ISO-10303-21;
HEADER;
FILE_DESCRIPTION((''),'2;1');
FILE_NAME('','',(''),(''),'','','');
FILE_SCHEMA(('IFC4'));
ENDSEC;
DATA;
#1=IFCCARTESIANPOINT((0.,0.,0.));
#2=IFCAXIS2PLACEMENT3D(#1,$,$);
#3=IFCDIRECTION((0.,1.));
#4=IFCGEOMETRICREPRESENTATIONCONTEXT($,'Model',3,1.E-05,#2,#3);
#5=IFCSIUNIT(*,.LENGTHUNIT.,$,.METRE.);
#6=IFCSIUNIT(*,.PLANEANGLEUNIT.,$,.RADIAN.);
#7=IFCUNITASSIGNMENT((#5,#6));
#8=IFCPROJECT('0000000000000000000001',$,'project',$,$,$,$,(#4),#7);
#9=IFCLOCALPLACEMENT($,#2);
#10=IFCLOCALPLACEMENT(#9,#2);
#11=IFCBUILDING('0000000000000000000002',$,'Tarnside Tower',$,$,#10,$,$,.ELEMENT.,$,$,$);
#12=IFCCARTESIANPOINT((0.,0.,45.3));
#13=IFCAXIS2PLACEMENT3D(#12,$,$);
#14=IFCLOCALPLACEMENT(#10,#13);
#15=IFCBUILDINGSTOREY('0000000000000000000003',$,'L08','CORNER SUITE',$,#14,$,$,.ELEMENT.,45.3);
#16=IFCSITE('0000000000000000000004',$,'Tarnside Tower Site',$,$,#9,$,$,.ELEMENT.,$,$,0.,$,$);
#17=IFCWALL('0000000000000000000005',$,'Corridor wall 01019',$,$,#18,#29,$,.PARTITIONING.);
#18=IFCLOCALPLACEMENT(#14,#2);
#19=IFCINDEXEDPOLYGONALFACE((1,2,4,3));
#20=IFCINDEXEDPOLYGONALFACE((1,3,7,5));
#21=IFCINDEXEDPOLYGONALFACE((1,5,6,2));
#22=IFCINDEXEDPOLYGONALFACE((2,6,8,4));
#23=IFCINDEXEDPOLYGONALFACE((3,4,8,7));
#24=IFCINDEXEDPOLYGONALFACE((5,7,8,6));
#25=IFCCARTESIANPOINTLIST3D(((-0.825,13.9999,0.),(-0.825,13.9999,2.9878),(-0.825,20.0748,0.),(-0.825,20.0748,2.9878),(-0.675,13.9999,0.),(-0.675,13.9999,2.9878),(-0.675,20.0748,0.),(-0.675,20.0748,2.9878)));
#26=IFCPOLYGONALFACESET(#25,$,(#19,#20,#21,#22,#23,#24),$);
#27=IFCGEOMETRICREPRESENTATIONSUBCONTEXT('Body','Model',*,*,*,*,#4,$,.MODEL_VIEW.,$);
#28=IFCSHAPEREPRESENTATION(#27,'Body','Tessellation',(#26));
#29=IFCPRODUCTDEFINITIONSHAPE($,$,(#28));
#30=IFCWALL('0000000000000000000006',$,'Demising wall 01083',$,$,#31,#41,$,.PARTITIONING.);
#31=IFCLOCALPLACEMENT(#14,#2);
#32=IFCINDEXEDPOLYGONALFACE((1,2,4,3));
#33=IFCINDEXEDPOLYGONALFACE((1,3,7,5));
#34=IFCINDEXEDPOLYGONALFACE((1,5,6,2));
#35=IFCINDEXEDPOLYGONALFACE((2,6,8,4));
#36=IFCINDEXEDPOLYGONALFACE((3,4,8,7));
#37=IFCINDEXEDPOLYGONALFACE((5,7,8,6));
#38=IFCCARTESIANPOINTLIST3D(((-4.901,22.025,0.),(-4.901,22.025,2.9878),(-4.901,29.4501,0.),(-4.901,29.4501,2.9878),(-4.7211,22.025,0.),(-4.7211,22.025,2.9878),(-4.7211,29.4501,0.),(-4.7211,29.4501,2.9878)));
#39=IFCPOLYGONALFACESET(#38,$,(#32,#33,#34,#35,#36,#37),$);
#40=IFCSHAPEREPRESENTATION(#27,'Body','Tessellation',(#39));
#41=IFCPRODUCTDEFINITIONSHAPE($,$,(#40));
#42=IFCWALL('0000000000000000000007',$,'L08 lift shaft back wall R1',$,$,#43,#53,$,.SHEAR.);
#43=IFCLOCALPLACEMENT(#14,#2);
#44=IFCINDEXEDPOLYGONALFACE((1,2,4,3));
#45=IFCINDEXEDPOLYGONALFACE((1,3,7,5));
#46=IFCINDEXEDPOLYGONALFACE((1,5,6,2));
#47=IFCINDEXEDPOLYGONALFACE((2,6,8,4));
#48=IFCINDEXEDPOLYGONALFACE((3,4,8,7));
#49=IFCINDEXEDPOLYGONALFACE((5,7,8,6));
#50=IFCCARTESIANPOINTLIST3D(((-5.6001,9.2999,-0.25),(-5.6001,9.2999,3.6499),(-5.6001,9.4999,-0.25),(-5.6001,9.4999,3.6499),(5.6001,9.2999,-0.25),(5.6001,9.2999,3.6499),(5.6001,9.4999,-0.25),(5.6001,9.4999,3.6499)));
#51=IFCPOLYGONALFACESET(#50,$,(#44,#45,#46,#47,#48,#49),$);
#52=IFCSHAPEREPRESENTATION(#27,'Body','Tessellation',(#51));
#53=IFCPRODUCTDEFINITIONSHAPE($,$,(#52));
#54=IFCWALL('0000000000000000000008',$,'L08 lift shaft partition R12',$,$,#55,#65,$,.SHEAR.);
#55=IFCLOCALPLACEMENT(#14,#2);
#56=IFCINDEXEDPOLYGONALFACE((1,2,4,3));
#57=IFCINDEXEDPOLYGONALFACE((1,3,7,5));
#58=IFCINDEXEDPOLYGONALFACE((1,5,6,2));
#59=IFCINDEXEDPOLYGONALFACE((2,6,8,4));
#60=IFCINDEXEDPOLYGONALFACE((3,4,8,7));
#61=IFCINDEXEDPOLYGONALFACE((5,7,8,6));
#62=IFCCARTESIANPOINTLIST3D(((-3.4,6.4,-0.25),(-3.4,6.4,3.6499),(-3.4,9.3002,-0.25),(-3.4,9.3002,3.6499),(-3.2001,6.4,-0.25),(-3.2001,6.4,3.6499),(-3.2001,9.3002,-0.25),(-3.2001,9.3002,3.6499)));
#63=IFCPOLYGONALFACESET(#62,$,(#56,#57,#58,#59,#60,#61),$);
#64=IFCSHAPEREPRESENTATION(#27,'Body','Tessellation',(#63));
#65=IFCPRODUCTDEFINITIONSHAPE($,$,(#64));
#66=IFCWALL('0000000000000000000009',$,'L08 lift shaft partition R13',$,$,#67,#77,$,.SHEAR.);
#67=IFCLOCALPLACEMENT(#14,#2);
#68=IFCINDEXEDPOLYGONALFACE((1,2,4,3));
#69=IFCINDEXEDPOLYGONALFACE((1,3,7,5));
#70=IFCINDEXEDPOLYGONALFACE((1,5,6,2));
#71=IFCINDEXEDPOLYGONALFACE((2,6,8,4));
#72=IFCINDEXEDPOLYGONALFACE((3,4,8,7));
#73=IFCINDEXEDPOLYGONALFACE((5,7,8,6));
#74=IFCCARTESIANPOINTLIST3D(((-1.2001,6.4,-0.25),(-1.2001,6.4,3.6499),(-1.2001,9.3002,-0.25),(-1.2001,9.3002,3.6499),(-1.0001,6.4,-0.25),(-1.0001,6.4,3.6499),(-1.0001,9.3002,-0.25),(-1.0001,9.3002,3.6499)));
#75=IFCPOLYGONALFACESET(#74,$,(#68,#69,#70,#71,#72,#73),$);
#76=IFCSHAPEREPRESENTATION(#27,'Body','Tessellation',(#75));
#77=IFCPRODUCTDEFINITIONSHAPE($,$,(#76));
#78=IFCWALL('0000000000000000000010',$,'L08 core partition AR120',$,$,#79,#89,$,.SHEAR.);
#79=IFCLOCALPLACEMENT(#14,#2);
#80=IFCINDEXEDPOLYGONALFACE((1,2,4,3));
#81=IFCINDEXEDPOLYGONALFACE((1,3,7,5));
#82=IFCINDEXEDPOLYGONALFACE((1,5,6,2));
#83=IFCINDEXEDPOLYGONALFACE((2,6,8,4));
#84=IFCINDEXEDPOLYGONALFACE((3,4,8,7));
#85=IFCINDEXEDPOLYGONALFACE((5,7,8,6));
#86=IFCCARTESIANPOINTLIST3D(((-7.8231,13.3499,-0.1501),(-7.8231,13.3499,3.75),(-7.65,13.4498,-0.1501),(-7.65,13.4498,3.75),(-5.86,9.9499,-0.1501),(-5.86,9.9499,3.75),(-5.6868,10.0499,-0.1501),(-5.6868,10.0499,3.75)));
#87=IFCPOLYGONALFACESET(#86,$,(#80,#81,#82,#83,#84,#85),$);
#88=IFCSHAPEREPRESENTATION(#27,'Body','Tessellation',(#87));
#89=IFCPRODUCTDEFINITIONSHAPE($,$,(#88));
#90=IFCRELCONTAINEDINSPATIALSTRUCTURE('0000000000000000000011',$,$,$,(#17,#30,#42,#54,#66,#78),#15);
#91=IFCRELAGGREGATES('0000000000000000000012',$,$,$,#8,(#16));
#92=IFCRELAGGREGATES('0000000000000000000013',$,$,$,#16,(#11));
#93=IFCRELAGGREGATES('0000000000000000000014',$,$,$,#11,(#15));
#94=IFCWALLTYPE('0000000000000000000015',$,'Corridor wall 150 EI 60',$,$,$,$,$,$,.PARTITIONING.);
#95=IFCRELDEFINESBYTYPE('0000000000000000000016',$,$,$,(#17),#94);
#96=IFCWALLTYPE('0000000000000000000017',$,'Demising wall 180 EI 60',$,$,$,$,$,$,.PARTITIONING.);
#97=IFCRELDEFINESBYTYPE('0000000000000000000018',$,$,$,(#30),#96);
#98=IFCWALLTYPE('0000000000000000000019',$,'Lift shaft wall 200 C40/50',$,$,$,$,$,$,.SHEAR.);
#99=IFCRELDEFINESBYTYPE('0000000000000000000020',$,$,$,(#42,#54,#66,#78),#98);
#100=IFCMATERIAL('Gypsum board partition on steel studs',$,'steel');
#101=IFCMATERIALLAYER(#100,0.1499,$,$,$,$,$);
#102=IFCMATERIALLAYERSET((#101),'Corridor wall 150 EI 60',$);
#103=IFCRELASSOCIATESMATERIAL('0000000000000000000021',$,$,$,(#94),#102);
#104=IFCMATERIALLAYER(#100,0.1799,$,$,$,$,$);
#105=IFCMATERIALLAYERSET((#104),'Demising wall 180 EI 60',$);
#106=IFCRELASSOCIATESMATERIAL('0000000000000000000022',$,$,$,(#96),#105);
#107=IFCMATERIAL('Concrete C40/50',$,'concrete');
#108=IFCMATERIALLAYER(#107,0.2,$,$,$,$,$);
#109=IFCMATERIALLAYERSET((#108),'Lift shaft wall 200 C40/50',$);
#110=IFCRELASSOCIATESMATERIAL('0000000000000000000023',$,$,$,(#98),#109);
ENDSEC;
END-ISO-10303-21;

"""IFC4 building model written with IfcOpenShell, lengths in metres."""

from ifc_helpers import new_model, si_unit, direction, frame, frame_2d, origin, place, context, subcontext, project, spatial, rectangle, extrude, material, layer, layer_set, type_object, element, save


model = new_model("IFC4")

# Units and contexts
model_context = context("Model", 3, precision=1e-05, world=origin(), true_north=direction((0.0, 1.0)))
body_context = subcontext(model_context, "Body", "Model", "MODEL_VIEW")
ifc_project = project(units=[si_unit("LENGTHUNIT", "METRE"), si_unit("PLANEANGLEUNIT", "RADIAN")], contexts=[model_context])

# Site, building, storey
site_placement = place(None, origin())
site = spatial("IfcSite", under=ifc_project, at=site_placement, Name="Tarnside Tower Site", CompositionType="ELEMENT", RefElevation=0.0)
building_placement = place(site_placement, origin())
building = spatial("IfcBuilding", under=site, at=building_placement, Name="Tarnside Tower", CompositionType="ELEMENT")
storey_placement = place(building_placement, frame((0.0, 0.0, 45.3)))
storey = spatial("IfcBuildingStorey", under=building, at=storey_placement, Name="L08", Description="CORNER SUITE", CompositionType="ELEMENT", Elevation=45.3)

# Shared definitions
ifc_material_1 = material(Name="Gypsum board partition on steel studs", Category="steel")

# Walls
ifc_layer_1 = layer(ifc_material_1, 0.1499)
ifc_layer_set_1 = layer_set([ifc_layer_1], Name="Corridor wall 150 EI 60")
wall_type_1 = type_object("IfcWallType", Name="Corridor wall 150 EI 60", PredefinedType="PARTITIONING", material=ifc_layer_set_1)
wall_1_placement = place(storey_placement, frame((-0.75, 20.075, 0.0), z_axis=(0.0, 0.0, 1.0), x_axis=(0.0, -1.0, 0.0)))
element("IfcWall", 1, at=wall_1_placement, inside=storey, type_object=wall_type_1, Name="Corridor wall 01019", PredefinedType="PARTITIONING", context=body_context, shape_type="SweptSolid", body=[
    extrude(rectangle(XDim=6.075, YDim=0.1499, at=frame_2d((3.0376, 0.0))), origin(), (0.0, 0.0, 1.0), 2.9878),
])
ifc_layer_2 = layer(ifc_material_1, 0.1799)
ifc_layer_set_2 = layer_set([ifc_layer_2], Name="Demising wall 180 EI 60")
wall_type_2 = type_object("IfcWallType", Name="Demising wall 180 EI 60", PredefinedType="PARTITIONING", material=ifc_layer_set_2)
wall_2_placement = place(storey_placement, frame((-4.811, 29.45, 0.0), z_axis=(0.0, 0.0, 1.0), x_axis=(0.0, -1.0, 0.0)))
element("IfcWall", 2, at=wall_2_placement, inside=storey, type_object=wall_type_2, Name="Demising wall 01083", PredefinedType="PARTITIONING", context=body_context, shape_type="SweptSolid", body=[
    extrude(rectangle(XDim=7.425, YDim=0.1799, at=frame_2d((3.7124, 0.0))), origin(), (0.0, 0.0, 1.0), 2.9878),
])
ifc_material_2 = material(Name="Concrete C40/50", Category="concrete")
ifc_layer_3 = layer(ifc_material_2, 0.2)
ifc_layer_set_3 = layer_set([ifc_layer_3], Name="Lift shaft wall 200 C40/50")
wall_type_3 = type_object("IfcWallType", Name="Lift shaft wall 200 C40/50", PredefinedType="SHEAR", material=ifc_layer_set_3)
wall_3_placement = place(storey_placement, frame((-5.6001, 9.3999, -0.25), z_axis=(0.0, 0.0, 1.0), x_axis=(1.0, 0.0, 0.0)))
element("IfcWall", 3, at=wall_3_placement, inside=storey, type_object=wall_type_3, Name="L08 lift shaft back wall R1", PredefinedType="SHEAR", context=body_context, shape_type="SweptSolid", body=[
    extrude(rectangle(XDim=11.2002, YDim=0.2, at=frame_2d((5.6001, 0.0))), origin(), (0.0, 0.0, 1.0), 3.8999),
])
for number, where, z_axis, x_axis, name in (
    (4, (-3.3, 6.3999, -0.25), (0.0, 0.0, 1.0), (0.0, 1.0, 0.0), "L08 lift shaft partition R12"),
    (5, (-1.1001, 6.3999, -0.25), (0.0, 0.0, 1.0), (0.0, 1.0, 0.0), "L08 lift shaft partition R13"),
):
    element("IfcWall", number, at=place(storey_placement, frame(where, z_axis=z_axis, x_axis=x_axis)), inside=storey, type_object=wall_type_3, Name=name, PredefinedType="SHEAR", context=body_context, shape_type="SweptSolid", body=[
        extrude(rectangle(XDim=2.9001, YDim=0.2, at=frame_2d((1.4502, 0.0))), origin(), (0.0, 0.0, 1.0), 3.8999),
    ])
wall_4_placement = place(storey_placement, frame((-5.7734, 10.0, -0.1501), z_axis=(0.0, 0.0, 1.0), x_axis=(-0.500038, 0.866003, 0.0)))
element("IfcWall", 6, at=wall_4_placement, inside=storey, type_object=wall_type_3, Name="L08 core partition AR120", PredefinedType="SHEAR", context=body_context, shape_type="SweptSolid", body=[
    extrude(rectangle(XDim=3.926, YDim=0.2, at=frame_2d((1.9629, 0.0))), origin(), (0.0, 0.0, 1.0), 3.9001),
])

save(model, "model.ifc")
